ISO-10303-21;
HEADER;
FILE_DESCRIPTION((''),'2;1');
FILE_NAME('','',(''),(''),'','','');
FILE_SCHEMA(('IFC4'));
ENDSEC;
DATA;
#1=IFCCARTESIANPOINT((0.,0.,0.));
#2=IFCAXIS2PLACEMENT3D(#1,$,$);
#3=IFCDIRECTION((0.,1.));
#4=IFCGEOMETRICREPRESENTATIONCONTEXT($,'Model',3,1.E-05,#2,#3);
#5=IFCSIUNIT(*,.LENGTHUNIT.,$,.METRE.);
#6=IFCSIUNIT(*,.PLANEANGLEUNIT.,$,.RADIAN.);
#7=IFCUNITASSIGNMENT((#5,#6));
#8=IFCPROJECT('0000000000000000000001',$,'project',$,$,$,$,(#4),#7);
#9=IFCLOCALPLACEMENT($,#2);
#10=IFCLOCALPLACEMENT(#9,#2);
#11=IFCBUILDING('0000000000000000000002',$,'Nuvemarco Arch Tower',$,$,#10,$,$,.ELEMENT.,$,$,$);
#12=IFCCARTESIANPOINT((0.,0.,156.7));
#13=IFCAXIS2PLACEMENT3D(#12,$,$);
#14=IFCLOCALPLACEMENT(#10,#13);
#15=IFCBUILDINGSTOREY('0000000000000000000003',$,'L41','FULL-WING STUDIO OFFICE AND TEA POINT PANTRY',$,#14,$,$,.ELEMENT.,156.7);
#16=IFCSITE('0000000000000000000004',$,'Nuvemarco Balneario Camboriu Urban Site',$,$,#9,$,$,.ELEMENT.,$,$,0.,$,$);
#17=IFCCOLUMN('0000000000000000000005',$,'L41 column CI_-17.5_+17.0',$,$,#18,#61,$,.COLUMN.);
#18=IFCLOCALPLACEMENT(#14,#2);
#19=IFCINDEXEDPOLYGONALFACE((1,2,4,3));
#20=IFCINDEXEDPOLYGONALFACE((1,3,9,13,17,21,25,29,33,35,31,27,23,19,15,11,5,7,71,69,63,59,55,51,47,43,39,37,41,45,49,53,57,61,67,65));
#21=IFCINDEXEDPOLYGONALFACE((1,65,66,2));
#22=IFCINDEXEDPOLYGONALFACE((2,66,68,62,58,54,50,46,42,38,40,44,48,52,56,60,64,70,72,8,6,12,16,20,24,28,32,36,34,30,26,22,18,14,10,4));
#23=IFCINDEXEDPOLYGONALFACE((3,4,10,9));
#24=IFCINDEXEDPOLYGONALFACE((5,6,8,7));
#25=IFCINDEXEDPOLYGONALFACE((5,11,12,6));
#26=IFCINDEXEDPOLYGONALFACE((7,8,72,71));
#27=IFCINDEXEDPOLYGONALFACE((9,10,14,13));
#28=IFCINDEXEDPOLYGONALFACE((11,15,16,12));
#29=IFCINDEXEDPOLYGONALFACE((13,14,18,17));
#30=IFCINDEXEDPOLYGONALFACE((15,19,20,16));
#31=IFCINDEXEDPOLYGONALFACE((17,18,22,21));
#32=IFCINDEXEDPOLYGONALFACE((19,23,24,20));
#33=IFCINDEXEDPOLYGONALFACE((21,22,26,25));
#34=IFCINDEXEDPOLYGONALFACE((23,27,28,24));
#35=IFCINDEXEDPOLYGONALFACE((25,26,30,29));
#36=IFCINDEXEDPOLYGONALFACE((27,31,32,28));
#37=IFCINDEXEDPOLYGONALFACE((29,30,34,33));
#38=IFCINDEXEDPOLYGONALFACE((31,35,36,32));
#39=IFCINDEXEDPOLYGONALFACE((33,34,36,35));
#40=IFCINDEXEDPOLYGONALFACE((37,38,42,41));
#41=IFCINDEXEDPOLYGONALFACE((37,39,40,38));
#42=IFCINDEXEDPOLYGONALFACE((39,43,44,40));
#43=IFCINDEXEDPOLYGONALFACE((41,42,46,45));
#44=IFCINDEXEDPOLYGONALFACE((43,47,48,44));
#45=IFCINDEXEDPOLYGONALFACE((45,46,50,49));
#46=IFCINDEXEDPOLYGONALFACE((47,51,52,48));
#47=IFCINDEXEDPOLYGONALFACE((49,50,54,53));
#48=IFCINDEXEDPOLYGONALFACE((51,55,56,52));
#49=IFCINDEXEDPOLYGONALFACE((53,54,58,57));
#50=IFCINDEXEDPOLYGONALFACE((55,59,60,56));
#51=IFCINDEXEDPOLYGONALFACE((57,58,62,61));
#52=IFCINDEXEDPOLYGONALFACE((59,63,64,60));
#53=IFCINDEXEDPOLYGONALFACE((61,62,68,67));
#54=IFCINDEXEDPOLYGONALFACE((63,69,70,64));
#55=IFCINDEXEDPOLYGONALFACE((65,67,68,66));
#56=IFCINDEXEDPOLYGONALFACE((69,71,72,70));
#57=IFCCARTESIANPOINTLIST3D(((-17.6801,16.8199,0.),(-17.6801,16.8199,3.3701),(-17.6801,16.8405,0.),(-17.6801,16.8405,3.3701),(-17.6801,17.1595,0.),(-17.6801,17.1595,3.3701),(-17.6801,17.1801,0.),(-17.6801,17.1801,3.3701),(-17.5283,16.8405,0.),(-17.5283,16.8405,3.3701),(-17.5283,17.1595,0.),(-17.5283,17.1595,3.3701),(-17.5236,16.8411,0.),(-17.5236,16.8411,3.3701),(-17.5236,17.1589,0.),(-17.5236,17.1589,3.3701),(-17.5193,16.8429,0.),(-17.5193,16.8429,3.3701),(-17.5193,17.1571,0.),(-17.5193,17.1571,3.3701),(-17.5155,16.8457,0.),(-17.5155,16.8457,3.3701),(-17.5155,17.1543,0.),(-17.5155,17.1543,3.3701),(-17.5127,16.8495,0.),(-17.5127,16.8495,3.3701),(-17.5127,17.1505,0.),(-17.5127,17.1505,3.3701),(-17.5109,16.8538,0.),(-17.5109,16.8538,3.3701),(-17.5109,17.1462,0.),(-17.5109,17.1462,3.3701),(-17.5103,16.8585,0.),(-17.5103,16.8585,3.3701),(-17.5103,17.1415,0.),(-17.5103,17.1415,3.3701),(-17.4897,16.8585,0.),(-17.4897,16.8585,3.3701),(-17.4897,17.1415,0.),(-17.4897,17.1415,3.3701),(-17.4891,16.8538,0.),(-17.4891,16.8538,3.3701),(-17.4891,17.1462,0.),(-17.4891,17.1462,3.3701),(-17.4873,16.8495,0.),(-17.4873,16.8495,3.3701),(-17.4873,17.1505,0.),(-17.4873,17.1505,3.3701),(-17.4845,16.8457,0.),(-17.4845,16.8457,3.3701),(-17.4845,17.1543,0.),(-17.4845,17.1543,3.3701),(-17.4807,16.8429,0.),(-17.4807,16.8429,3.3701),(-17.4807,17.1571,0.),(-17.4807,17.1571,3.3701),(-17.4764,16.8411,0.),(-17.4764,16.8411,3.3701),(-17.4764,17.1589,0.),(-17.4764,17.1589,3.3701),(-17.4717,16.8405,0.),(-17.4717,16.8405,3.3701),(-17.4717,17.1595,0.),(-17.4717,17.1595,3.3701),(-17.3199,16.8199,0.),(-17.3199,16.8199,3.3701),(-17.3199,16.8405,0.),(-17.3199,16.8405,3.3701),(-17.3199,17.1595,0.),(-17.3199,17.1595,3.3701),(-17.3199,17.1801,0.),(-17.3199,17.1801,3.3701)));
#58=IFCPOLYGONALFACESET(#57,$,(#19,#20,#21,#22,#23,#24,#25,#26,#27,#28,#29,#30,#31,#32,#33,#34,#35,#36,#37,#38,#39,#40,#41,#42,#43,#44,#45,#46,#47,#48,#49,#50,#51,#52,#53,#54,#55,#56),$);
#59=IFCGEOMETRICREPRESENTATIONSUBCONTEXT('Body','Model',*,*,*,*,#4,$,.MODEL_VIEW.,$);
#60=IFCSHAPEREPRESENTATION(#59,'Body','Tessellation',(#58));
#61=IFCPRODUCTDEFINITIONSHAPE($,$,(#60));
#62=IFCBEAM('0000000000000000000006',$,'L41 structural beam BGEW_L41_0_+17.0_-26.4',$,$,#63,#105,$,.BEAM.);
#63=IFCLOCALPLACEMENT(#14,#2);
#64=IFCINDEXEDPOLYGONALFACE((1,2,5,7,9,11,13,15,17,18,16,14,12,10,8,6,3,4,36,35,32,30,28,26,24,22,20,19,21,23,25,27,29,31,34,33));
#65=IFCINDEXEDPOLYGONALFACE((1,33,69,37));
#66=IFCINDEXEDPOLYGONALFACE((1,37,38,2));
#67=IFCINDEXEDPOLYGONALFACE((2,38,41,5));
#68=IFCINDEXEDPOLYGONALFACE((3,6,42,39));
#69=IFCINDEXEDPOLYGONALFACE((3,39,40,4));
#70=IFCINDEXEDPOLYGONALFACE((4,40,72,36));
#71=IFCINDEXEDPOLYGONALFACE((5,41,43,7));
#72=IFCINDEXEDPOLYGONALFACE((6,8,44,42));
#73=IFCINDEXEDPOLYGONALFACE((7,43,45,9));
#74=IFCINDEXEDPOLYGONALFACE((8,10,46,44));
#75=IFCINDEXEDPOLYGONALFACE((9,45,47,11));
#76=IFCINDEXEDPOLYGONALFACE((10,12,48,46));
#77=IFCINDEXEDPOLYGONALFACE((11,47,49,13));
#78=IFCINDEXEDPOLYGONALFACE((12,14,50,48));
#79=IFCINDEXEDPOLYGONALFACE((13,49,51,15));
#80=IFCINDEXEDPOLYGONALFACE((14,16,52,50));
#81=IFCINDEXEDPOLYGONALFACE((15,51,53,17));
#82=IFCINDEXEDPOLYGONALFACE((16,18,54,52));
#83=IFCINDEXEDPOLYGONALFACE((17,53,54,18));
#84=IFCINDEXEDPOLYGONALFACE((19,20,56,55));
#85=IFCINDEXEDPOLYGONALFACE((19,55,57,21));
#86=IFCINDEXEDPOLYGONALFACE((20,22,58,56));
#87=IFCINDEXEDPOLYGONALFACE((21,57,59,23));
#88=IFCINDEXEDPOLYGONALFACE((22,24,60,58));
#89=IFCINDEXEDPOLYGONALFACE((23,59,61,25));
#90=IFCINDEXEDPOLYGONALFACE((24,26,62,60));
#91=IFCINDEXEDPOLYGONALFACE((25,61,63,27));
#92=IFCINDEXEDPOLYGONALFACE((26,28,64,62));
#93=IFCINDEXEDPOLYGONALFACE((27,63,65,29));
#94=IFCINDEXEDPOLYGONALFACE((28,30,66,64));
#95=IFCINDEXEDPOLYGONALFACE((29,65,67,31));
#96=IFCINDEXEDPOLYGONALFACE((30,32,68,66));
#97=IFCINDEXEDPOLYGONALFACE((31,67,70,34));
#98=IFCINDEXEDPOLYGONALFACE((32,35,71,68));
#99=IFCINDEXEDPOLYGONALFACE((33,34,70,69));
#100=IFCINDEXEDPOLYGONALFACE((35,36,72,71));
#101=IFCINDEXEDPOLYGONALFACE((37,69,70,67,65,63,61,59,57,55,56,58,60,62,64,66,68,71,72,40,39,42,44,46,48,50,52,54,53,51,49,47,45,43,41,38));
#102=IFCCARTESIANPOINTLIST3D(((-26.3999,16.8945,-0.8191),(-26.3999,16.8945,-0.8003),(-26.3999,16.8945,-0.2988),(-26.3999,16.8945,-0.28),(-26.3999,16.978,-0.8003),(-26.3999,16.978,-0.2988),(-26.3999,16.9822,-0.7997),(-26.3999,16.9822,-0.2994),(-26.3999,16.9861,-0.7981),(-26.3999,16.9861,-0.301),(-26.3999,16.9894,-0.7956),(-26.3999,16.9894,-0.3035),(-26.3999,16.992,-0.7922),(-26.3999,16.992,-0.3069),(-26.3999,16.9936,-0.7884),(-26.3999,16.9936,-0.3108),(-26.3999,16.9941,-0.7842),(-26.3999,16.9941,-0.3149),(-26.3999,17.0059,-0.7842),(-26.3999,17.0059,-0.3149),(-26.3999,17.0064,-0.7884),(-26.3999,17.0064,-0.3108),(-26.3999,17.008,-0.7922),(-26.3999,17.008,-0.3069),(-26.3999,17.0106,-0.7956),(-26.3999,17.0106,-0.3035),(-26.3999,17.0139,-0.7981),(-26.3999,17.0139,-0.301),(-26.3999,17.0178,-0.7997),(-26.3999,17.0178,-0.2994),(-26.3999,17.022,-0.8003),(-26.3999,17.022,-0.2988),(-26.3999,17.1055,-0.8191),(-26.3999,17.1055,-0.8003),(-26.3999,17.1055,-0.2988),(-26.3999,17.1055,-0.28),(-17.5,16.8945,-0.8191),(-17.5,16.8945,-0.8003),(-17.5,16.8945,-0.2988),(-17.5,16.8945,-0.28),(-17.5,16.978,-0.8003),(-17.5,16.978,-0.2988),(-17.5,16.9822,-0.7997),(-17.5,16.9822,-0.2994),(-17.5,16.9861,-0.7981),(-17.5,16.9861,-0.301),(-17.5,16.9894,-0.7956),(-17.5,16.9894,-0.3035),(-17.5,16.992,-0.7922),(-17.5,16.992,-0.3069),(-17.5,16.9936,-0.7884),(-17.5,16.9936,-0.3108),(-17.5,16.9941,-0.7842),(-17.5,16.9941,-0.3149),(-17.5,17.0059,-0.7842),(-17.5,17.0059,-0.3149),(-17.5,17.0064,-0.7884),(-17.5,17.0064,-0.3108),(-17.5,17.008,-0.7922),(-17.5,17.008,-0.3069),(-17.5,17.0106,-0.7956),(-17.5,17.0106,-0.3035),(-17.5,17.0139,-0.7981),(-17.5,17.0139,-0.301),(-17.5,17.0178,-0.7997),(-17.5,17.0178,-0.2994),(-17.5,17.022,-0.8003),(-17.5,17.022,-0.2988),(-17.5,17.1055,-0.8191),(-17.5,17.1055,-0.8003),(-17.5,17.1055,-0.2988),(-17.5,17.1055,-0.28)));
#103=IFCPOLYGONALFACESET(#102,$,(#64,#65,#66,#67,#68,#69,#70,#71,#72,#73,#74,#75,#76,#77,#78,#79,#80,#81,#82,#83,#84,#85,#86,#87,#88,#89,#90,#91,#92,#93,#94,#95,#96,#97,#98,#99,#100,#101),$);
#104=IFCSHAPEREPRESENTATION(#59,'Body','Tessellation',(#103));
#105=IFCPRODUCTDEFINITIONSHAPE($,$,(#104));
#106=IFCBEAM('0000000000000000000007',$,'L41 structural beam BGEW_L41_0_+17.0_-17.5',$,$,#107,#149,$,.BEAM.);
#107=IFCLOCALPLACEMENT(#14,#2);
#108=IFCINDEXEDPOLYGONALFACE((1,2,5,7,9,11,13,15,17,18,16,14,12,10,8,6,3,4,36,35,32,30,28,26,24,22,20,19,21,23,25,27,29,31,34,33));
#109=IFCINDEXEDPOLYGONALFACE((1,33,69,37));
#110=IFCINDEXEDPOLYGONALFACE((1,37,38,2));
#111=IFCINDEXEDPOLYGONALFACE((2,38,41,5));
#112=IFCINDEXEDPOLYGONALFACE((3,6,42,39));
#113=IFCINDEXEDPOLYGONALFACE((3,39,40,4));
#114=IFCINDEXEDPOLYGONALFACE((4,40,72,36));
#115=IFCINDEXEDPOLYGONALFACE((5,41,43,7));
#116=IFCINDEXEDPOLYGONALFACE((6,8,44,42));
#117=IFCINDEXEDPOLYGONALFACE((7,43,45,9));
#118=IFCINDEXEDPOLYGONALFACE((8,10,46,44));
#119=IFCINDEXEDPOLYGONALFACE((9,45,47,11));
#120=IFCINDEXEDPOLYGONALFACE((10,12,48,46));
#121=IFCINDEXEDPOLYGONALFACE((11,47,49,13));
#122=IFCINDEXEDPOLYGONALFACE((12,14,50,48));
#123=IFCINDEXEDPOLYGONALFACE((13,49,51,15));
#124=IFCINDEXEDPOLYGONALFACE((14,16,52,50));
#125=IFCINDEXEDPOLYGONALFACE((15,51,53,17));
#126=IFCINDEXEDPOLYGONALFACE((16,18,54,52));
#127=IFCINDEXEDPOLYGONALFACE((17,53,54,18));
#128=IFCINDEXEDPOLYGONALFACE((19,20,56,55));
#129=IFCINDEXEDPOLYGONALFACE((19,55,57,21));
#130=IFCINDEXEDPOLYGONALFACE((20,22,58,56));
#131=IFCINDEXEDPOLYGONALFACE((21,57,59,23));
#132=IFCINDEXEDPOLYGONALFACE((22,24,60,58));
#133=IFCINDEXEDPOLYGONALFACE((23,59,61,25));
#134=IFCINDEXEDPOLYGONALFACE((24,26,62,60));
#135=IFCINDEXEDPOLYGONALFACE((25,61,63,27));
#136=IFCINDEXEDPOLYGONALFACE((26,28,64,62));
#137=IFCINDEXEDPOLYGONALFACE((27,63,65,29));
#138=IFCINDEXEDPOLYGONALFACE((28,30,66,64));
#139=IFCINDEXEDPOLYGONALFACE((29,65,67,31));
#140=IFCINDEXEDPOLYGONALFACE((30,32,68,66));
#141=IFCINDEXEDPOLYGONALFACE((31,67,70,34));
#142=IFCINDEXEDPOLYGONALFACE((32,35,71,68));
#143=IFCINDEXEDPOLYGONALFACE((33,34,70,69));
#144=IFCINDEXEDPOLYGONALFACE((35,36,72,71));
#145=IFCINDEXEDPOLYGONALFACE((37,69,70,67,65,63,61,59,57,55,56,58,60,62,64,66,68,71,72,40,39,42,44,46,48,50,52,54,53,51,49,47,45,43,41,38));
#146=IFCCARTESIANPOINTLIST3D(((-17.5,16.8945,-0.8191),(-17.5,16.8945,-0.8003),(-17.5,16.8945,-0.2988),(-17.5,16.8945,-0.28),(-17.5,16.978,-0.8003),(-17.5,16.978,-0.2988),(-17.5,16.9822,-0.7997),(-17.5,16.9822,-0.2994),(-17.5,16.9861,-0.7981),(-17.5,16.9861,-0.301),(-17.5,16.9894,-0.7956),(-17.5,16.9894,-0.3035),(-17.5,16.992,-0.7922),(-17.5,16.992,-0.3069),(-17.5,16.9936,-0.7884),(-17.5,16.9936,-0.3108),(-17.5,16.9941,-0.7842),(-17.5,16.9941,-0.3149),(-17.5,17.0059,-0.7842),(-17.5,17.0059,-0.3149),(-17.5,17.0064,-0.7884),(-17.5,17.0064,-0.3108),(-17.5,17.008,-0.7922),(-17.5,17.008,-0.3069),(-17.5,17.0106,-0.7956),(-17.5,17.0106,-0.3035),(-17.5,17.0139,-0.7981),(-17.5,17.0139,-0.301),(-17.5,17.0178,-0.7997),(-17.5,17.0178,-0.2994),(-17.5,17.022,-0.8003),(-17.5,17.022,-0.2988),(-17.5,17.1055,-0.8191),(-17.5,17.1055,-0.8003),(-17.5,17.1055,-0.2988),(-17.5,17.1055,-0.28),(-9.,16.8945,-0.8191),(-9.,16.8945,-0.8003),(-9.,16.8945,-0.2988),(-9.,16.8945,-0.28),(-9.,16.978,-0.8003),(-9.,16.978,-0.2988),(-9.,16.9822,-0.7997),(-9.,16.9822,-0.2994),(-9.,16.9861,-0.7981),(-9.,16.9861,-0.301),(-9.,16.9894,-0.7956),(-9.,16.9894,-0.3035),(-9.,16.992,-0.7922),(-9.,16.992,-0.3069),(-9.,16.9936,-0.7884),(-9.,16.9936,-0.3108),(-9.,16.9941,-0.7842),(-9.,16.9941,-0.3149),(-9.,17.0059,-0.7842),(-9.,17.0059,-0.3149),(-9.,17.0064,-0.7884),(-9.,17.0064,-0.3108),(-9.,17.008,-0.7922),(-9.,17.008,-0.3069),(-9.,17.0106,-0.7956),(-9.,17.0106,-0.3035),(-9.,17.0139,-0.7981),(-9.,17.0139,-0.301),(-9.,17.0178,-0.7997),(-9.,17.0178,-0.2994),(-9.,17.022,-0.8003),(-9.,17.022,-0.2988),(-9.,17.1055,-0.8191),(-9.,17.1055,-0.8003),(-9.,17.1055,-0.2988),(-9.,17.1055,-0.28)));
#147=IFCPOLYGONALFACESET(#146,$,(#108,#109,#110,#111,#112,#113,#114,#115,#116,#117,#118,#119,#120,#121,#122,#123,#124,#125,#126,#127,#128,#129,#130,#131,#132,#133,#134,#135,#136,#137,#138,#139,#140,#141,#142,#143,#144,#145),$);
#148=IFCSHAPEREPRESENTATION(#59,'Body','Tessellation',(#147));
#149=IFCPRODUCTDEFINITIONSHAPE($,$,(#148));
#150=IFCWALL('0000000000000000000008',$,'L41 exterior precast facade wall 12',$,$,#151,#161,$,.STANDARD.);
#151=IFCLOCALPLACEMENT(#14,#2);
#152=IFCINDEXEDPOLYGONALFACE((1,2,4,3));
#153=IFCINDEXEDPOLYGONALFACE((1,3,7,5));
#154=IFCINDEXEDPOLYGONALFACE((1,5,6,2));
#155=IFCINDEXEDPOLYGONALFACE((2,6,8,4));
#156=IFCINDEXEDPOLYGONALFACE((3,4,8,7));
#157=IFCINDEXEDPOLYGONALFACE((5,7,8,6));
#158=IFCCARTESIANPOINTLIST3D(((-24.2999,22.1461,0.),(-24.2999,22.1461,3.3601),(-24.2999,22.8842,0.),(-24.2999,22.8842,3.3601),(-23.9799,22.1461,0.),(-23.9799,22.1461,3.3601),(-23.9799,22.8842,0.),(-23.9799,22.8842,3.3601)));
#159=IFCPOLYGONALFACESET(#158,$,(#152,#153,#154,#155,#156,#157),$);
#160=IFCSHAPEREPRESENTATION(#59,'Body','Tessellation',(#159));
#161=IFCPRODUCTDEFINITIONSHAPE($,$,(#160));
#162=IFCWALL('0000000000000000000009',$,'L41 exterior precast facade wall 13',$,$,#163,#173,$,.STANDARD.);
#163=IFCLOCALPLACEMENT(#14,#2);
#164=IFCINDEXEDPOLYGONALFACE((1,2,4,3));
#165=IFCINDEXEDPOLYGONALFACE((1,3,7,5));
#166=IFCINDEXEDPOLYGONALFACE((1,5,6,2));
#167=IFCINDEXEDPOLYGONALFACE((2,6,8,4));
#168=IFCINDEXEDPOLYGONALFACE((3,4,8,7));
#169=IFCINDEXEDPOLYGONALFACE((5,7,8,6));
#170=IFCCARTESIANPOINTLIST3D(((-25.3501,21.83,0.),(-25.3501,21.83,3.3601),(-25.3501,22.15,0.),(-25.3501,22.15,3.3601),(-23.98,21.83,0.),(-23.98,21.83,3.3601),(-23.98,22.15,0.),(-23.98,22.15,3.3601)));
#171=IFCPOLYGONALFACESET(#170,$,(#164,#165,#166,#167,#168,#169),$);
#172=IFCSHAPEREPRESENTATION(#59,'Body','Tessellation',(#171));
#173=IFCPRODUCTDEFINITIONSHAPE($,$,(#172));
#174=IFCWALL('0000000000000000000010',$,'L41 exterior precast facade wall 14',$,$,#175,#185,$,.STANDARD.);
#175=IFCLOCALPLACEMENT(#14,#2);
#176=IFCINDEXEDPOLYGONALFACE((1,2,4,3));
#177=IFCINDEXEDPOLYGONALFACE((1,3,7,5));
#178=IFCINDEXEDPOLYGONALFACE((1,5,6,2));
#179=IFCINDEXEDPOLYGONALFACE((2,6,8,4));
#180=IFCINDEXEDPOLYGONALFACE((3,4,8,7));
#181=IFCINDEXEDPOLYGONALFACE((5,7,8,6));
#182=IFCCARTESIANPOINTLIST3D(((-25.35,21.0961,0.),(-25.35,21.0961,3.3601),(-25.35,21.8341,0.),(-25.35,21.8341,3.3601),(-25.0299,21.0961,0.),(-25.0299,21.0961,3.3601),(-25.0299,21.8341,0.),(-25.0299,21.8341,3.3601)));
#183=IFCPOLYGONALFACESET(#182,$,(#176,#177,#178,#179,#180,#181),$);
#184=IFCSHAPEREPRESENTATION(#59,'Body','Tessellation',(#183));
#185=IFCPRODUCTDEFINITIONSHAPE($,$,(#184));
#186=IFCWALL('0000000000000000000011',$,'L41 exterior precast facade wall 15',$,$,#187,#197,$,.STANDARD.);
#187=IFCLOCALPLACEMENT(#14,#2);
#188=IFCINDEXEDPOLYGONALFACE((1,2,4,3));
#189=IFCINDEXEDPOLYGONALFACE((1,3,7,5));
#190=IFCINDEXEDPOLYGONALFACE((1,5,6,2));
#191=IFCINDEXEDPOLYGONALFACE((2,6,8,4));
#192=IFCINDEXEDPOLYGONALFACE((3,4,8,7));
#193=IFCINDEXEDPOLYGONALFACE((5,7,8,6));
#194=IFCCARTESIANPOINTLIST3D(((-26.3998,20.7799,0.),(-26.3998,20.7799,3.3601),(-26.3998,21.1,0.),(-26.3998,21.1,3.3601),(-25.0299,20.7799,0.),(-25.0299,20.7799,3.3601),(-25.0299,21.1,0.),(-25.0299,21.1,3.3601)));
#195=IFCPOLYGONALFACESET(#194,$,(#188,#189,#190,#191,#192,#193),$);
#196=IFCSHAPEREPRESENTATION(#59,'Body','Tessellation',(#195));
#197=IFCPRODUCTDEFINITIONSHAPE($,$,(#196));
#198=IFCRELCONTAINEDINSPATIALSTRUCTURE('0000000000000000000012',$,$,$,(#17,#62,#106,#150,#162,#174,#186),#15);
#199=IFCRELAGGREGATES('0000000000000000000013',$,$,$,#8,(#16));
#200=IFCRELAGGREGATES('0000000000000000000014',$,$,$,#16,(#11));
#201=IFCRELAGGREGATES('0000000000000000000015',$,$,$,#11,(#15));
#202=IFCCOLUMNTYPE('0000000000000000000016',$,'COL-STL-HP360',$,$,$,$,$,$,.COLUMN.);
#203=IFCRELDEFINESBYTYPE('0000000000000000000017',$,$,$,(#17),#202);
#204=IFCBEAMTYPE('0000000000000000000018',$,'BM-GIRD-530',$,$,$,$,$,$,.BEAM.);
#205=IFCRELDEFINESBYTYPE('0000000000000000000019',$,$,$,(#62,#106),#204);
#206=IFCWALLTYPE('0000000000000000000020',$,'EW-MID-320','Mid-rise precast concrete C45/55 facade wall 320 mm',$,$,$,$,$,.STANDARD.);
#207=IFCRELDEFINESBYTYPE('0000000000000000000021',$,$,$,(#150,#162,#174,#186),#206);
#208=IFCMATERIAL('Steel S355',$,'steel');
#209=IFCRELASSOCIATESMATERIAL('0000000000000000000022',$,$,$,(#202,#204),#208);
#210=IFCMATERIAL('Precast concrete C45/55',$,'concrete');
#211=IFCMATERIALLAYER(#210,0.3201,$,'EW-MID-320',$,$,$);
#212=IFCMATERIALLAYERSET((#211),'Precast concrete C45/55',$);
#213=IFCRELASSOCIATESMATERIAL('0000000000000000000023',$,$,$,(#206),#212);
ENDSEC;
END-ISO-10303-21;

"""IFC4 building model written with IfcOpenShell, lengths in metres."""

from ifc_helpers import new_model, si_unit, direction, frame, frame_2d, origin, origin_2d, place, context, subcontext, project, spatial, rectangle, i_section, extrude, material, layer, layer_set, material_profile, profile_set, type_object, element, save


model = new_model("IFC4")

# Units and contexts
model_context = context("Model", 3, precision=1e-05, world=origin(), true_north=direction((0.0, 1.0)))
body_context = subcontext(model_context, "Body", "Model", "MODEL_VIEW")
ifc_project = project(units=[si_unit("LENGTHUNIT", "METRE"), si_unit("PLANEANGLEUNIT", "RADIAN")], contexts=[model_context])

# Site, building, storey
site_placement = place(None, origin())
site = spatial("IfcSite", under=ifc_project, at=site_placement, Name="Nuvemarco Balneario Camboriu Urban Site", CompositionType="ELEMENT", RefElevation=0.0)
building_placement = place(site_placement, origin())
building = spatial("IfcBuilding", under=site, at=building_placement, Name="Nuvemarco Arch Tower", CompositionType="ELEMENT")
storey_placement = place(building_placement, frame((0.0, 0.0, 156.7)))
storey = spatial("IfcBuildingStorey", under=building, at=storey_placement, Name="L41", Description="FULL-WING STUDIO OFFICE AND TEA POINT PANTRY", CompositionType="ELEMENT", Elevation=156.7)

# Column
ifc_material_1 = material(Name="Steel S355", Category="steel")
ifc_material_profile_1 = material_profile(ifc_material_1, i_section(OverallWidth=0.3601, OverallDepth=0.3601, WebThickness=0.0205, FlangeThickness=0.0205, FilletRadius=0.0181, at=origin_2d()), Name="HP360x174")
ifc_profile_set_1 = profile_set([ifc_material_profile_1], Name="Steel S355")
column_type = type_object("IfcColumnType", Name="COL-STL-HP360", PredefinedType="COLUMN", material=ifc_profile_set_1)
column_placement = place(storey_placement, frame((-17.5, 17.0, 0.0), z_axis=(0.0, 0.0, 1.0), x_axis=(1.0, 0.0, 0.0)))
element("IfcColumn", 1, at=column_placement, inside=storey, type_object=column_type, Name="L41 column CI_-17.5_+17.0", PredefinedType="COLUMN", context=body_context, shape_type="SweptSolid", body=[
    extrude(i_section(OverallWidth=0.3601, OverallDepth=0.3601, WebThickness=0.0205, FlangeThickness=0.0205, FilletRadius=0.0181, at=origin_2d()), origin(), (0.0, 0.0, 1.0), 3.3701),
])

# Beams
ifc_material_profile_2 = material_profile(ifc_material_1, i_section(OverallWidth=0.2109, OverallDepth=0.5391, WebThickness=0.0117, FlangeThickness=0.0188, FilletRadius=0.0161, at=origin_2d()), Name="W530x109")
ifc_profile_set_2 = profile_set([ifc_material_profile_2], Name="Steel S355")
beam_type = type_object("IfcBeamType", Name="BM-GIRD-530", PredefinedType="BEAM", material=ifc_profile_set_2)
beam_1_placement = place(storey_placement, frame((-26.3999, 17.0, -0.5496), z_axis=(1.0, 0.0, 0.0), x_axis=(0.0, 1.0, 0.0)))
element("IfcBeam", 2, at=beam_1_placement, inside=storey, type_object=beam_type, Name="L41 structural beam BGEW_L41_0_+17.0_-26.4", PredefinedType="BEAM", context=body_context, shape_type="SweptSolid", body=[
    extrude(i_section(OverallWidth=0.2109, OverallDepth=0.5391, WebThickness=0.0117, FlangeThickness=0.0188, FilletRadius=0.0161, at=origin_2d()), origin(), (0.0, 0.0, 1.0), 8.8999),
])
beam_2_placement = place(storey_placement, frame((-17.5, 17.0, -0.5496), z_axis=(1.0, 0.0, 0.0), x_axis=(0.0, 1.0, 0.0)))
element("IfcBeam", 3, at=beam_2_placement, inside=storey, type_object=beam_type, Name="L41 structural beam BGEW_L41_0_+17.0_-17.5", PredefinedType="BEAM", context=body_context, shape_type="SweptSolid", body=[
    extrude(i_section(OverallWidth=0.2109, OverallDepth=0.5391, WebThickness=0.0117, FlangeThickness=0.0188, FilletRadius=0.0161, at=origin_2d()), origin(), (0.0, 0.0, 1.0), 8.5),
])

# Shared definitions
ifc_material_2 = material(Name="Precast concrete C45/55", Category="concrete")
ifc_layer = layer(ifc_material_2, 0.3201, Name="EW-MID-320")
ifc_layer_set = layer_set([ifc_layer], Name="Precast concrete C45/55")
wall_type = type_object("IfcWallType", Name="EW-MID-320", Description="Mid-rise precast concrete C45/55 facade wall 320 mm", PredefinedType="STANDARD", material=ifc_layer_set)

# Walls
wall_1_placement = place(storey_placement, frame((-24.1399, 22.146, 0.0), z_axis=(0.0, 0.0, 1.0), x_axis=(0.0, 1.0, 0.0)))
element("IfcWall", 4, at=wall_1_placement, inside=storey, type_object=wall_type, Name="L41 exterior precast facade wall 12", PredefinedType="STANDARD", context=body_context, shape_type="SweptSolid", body=[
    extrude(rectangle(XDim=0.738, YDim=0.3201, at=frame_2d((0.3691, 0.0))), origin(), (0.0, 0.0, 1.0), 3.3601),
])
wall_2_placement = place(storey_placement, frame((-25.3501, 21.99, 0.0), z_axis=(0.0, 0.0, 1.0), x_axis=(1.0, 0.0, 0.0)))
element("IfcWall", 5, at=wall_2_placement, inside=storey, type_object=wall_type, Name="L41 exterior precast facade wall 13", PredefinedType="STANDARD", context=body_context, shape_type="SweptSolid", body=[
    extrude(rectangle(XDim=1.3701, YDim=0.3201, at=frame_2d((0.6851, 0.0))), origin(), (0.0, 0.0, 1.0), 3.3601),
])
wall_3_placement = place(storey_placement, frame((-25.1899, 21.0959, 0.0), z_axis=(0.0, 0.0, 1.0), x_axis=(0.0, 1.0, 0.0)))
element("IfcWall", 6, at=wall_3_placement, inside=storey, type_object=wall_type, Name="L41 exterior precast facade wall 14", PredefinedType="STANDARD", context=body_context, shape_type="SweptSolid", body=[
    extrude(rectangle(XDim=0.738, YDim=0.3201, at=frame_2d((0.3691, 0.0))), origin(), (0.0, 0.0, 1.0), 3.3601),
])
wall_4_placement = place(storey_placement, frame((-26.3999, 20.9399, 0.0), z_axis=(0.0, 0.0, 1.0), x_axis=(1.0, 0.0, 0.0)))
element("IfcWall", 7, at=wall_4_placement, inside=storey, type_object=wall_type, Name="L41 exterior precast facade wall 15", PredefinedType="STANDARD", context=body_context, shape_type="SweptSolid", body=[
    extrude(rectangle(XDim=1.3699, YDim=0.3201, at=frame_2d((0.6851, 0.0))), origin(), (0.0, 0.0, 1.0), 3.3601),
])

save(model, "model.ifc")
